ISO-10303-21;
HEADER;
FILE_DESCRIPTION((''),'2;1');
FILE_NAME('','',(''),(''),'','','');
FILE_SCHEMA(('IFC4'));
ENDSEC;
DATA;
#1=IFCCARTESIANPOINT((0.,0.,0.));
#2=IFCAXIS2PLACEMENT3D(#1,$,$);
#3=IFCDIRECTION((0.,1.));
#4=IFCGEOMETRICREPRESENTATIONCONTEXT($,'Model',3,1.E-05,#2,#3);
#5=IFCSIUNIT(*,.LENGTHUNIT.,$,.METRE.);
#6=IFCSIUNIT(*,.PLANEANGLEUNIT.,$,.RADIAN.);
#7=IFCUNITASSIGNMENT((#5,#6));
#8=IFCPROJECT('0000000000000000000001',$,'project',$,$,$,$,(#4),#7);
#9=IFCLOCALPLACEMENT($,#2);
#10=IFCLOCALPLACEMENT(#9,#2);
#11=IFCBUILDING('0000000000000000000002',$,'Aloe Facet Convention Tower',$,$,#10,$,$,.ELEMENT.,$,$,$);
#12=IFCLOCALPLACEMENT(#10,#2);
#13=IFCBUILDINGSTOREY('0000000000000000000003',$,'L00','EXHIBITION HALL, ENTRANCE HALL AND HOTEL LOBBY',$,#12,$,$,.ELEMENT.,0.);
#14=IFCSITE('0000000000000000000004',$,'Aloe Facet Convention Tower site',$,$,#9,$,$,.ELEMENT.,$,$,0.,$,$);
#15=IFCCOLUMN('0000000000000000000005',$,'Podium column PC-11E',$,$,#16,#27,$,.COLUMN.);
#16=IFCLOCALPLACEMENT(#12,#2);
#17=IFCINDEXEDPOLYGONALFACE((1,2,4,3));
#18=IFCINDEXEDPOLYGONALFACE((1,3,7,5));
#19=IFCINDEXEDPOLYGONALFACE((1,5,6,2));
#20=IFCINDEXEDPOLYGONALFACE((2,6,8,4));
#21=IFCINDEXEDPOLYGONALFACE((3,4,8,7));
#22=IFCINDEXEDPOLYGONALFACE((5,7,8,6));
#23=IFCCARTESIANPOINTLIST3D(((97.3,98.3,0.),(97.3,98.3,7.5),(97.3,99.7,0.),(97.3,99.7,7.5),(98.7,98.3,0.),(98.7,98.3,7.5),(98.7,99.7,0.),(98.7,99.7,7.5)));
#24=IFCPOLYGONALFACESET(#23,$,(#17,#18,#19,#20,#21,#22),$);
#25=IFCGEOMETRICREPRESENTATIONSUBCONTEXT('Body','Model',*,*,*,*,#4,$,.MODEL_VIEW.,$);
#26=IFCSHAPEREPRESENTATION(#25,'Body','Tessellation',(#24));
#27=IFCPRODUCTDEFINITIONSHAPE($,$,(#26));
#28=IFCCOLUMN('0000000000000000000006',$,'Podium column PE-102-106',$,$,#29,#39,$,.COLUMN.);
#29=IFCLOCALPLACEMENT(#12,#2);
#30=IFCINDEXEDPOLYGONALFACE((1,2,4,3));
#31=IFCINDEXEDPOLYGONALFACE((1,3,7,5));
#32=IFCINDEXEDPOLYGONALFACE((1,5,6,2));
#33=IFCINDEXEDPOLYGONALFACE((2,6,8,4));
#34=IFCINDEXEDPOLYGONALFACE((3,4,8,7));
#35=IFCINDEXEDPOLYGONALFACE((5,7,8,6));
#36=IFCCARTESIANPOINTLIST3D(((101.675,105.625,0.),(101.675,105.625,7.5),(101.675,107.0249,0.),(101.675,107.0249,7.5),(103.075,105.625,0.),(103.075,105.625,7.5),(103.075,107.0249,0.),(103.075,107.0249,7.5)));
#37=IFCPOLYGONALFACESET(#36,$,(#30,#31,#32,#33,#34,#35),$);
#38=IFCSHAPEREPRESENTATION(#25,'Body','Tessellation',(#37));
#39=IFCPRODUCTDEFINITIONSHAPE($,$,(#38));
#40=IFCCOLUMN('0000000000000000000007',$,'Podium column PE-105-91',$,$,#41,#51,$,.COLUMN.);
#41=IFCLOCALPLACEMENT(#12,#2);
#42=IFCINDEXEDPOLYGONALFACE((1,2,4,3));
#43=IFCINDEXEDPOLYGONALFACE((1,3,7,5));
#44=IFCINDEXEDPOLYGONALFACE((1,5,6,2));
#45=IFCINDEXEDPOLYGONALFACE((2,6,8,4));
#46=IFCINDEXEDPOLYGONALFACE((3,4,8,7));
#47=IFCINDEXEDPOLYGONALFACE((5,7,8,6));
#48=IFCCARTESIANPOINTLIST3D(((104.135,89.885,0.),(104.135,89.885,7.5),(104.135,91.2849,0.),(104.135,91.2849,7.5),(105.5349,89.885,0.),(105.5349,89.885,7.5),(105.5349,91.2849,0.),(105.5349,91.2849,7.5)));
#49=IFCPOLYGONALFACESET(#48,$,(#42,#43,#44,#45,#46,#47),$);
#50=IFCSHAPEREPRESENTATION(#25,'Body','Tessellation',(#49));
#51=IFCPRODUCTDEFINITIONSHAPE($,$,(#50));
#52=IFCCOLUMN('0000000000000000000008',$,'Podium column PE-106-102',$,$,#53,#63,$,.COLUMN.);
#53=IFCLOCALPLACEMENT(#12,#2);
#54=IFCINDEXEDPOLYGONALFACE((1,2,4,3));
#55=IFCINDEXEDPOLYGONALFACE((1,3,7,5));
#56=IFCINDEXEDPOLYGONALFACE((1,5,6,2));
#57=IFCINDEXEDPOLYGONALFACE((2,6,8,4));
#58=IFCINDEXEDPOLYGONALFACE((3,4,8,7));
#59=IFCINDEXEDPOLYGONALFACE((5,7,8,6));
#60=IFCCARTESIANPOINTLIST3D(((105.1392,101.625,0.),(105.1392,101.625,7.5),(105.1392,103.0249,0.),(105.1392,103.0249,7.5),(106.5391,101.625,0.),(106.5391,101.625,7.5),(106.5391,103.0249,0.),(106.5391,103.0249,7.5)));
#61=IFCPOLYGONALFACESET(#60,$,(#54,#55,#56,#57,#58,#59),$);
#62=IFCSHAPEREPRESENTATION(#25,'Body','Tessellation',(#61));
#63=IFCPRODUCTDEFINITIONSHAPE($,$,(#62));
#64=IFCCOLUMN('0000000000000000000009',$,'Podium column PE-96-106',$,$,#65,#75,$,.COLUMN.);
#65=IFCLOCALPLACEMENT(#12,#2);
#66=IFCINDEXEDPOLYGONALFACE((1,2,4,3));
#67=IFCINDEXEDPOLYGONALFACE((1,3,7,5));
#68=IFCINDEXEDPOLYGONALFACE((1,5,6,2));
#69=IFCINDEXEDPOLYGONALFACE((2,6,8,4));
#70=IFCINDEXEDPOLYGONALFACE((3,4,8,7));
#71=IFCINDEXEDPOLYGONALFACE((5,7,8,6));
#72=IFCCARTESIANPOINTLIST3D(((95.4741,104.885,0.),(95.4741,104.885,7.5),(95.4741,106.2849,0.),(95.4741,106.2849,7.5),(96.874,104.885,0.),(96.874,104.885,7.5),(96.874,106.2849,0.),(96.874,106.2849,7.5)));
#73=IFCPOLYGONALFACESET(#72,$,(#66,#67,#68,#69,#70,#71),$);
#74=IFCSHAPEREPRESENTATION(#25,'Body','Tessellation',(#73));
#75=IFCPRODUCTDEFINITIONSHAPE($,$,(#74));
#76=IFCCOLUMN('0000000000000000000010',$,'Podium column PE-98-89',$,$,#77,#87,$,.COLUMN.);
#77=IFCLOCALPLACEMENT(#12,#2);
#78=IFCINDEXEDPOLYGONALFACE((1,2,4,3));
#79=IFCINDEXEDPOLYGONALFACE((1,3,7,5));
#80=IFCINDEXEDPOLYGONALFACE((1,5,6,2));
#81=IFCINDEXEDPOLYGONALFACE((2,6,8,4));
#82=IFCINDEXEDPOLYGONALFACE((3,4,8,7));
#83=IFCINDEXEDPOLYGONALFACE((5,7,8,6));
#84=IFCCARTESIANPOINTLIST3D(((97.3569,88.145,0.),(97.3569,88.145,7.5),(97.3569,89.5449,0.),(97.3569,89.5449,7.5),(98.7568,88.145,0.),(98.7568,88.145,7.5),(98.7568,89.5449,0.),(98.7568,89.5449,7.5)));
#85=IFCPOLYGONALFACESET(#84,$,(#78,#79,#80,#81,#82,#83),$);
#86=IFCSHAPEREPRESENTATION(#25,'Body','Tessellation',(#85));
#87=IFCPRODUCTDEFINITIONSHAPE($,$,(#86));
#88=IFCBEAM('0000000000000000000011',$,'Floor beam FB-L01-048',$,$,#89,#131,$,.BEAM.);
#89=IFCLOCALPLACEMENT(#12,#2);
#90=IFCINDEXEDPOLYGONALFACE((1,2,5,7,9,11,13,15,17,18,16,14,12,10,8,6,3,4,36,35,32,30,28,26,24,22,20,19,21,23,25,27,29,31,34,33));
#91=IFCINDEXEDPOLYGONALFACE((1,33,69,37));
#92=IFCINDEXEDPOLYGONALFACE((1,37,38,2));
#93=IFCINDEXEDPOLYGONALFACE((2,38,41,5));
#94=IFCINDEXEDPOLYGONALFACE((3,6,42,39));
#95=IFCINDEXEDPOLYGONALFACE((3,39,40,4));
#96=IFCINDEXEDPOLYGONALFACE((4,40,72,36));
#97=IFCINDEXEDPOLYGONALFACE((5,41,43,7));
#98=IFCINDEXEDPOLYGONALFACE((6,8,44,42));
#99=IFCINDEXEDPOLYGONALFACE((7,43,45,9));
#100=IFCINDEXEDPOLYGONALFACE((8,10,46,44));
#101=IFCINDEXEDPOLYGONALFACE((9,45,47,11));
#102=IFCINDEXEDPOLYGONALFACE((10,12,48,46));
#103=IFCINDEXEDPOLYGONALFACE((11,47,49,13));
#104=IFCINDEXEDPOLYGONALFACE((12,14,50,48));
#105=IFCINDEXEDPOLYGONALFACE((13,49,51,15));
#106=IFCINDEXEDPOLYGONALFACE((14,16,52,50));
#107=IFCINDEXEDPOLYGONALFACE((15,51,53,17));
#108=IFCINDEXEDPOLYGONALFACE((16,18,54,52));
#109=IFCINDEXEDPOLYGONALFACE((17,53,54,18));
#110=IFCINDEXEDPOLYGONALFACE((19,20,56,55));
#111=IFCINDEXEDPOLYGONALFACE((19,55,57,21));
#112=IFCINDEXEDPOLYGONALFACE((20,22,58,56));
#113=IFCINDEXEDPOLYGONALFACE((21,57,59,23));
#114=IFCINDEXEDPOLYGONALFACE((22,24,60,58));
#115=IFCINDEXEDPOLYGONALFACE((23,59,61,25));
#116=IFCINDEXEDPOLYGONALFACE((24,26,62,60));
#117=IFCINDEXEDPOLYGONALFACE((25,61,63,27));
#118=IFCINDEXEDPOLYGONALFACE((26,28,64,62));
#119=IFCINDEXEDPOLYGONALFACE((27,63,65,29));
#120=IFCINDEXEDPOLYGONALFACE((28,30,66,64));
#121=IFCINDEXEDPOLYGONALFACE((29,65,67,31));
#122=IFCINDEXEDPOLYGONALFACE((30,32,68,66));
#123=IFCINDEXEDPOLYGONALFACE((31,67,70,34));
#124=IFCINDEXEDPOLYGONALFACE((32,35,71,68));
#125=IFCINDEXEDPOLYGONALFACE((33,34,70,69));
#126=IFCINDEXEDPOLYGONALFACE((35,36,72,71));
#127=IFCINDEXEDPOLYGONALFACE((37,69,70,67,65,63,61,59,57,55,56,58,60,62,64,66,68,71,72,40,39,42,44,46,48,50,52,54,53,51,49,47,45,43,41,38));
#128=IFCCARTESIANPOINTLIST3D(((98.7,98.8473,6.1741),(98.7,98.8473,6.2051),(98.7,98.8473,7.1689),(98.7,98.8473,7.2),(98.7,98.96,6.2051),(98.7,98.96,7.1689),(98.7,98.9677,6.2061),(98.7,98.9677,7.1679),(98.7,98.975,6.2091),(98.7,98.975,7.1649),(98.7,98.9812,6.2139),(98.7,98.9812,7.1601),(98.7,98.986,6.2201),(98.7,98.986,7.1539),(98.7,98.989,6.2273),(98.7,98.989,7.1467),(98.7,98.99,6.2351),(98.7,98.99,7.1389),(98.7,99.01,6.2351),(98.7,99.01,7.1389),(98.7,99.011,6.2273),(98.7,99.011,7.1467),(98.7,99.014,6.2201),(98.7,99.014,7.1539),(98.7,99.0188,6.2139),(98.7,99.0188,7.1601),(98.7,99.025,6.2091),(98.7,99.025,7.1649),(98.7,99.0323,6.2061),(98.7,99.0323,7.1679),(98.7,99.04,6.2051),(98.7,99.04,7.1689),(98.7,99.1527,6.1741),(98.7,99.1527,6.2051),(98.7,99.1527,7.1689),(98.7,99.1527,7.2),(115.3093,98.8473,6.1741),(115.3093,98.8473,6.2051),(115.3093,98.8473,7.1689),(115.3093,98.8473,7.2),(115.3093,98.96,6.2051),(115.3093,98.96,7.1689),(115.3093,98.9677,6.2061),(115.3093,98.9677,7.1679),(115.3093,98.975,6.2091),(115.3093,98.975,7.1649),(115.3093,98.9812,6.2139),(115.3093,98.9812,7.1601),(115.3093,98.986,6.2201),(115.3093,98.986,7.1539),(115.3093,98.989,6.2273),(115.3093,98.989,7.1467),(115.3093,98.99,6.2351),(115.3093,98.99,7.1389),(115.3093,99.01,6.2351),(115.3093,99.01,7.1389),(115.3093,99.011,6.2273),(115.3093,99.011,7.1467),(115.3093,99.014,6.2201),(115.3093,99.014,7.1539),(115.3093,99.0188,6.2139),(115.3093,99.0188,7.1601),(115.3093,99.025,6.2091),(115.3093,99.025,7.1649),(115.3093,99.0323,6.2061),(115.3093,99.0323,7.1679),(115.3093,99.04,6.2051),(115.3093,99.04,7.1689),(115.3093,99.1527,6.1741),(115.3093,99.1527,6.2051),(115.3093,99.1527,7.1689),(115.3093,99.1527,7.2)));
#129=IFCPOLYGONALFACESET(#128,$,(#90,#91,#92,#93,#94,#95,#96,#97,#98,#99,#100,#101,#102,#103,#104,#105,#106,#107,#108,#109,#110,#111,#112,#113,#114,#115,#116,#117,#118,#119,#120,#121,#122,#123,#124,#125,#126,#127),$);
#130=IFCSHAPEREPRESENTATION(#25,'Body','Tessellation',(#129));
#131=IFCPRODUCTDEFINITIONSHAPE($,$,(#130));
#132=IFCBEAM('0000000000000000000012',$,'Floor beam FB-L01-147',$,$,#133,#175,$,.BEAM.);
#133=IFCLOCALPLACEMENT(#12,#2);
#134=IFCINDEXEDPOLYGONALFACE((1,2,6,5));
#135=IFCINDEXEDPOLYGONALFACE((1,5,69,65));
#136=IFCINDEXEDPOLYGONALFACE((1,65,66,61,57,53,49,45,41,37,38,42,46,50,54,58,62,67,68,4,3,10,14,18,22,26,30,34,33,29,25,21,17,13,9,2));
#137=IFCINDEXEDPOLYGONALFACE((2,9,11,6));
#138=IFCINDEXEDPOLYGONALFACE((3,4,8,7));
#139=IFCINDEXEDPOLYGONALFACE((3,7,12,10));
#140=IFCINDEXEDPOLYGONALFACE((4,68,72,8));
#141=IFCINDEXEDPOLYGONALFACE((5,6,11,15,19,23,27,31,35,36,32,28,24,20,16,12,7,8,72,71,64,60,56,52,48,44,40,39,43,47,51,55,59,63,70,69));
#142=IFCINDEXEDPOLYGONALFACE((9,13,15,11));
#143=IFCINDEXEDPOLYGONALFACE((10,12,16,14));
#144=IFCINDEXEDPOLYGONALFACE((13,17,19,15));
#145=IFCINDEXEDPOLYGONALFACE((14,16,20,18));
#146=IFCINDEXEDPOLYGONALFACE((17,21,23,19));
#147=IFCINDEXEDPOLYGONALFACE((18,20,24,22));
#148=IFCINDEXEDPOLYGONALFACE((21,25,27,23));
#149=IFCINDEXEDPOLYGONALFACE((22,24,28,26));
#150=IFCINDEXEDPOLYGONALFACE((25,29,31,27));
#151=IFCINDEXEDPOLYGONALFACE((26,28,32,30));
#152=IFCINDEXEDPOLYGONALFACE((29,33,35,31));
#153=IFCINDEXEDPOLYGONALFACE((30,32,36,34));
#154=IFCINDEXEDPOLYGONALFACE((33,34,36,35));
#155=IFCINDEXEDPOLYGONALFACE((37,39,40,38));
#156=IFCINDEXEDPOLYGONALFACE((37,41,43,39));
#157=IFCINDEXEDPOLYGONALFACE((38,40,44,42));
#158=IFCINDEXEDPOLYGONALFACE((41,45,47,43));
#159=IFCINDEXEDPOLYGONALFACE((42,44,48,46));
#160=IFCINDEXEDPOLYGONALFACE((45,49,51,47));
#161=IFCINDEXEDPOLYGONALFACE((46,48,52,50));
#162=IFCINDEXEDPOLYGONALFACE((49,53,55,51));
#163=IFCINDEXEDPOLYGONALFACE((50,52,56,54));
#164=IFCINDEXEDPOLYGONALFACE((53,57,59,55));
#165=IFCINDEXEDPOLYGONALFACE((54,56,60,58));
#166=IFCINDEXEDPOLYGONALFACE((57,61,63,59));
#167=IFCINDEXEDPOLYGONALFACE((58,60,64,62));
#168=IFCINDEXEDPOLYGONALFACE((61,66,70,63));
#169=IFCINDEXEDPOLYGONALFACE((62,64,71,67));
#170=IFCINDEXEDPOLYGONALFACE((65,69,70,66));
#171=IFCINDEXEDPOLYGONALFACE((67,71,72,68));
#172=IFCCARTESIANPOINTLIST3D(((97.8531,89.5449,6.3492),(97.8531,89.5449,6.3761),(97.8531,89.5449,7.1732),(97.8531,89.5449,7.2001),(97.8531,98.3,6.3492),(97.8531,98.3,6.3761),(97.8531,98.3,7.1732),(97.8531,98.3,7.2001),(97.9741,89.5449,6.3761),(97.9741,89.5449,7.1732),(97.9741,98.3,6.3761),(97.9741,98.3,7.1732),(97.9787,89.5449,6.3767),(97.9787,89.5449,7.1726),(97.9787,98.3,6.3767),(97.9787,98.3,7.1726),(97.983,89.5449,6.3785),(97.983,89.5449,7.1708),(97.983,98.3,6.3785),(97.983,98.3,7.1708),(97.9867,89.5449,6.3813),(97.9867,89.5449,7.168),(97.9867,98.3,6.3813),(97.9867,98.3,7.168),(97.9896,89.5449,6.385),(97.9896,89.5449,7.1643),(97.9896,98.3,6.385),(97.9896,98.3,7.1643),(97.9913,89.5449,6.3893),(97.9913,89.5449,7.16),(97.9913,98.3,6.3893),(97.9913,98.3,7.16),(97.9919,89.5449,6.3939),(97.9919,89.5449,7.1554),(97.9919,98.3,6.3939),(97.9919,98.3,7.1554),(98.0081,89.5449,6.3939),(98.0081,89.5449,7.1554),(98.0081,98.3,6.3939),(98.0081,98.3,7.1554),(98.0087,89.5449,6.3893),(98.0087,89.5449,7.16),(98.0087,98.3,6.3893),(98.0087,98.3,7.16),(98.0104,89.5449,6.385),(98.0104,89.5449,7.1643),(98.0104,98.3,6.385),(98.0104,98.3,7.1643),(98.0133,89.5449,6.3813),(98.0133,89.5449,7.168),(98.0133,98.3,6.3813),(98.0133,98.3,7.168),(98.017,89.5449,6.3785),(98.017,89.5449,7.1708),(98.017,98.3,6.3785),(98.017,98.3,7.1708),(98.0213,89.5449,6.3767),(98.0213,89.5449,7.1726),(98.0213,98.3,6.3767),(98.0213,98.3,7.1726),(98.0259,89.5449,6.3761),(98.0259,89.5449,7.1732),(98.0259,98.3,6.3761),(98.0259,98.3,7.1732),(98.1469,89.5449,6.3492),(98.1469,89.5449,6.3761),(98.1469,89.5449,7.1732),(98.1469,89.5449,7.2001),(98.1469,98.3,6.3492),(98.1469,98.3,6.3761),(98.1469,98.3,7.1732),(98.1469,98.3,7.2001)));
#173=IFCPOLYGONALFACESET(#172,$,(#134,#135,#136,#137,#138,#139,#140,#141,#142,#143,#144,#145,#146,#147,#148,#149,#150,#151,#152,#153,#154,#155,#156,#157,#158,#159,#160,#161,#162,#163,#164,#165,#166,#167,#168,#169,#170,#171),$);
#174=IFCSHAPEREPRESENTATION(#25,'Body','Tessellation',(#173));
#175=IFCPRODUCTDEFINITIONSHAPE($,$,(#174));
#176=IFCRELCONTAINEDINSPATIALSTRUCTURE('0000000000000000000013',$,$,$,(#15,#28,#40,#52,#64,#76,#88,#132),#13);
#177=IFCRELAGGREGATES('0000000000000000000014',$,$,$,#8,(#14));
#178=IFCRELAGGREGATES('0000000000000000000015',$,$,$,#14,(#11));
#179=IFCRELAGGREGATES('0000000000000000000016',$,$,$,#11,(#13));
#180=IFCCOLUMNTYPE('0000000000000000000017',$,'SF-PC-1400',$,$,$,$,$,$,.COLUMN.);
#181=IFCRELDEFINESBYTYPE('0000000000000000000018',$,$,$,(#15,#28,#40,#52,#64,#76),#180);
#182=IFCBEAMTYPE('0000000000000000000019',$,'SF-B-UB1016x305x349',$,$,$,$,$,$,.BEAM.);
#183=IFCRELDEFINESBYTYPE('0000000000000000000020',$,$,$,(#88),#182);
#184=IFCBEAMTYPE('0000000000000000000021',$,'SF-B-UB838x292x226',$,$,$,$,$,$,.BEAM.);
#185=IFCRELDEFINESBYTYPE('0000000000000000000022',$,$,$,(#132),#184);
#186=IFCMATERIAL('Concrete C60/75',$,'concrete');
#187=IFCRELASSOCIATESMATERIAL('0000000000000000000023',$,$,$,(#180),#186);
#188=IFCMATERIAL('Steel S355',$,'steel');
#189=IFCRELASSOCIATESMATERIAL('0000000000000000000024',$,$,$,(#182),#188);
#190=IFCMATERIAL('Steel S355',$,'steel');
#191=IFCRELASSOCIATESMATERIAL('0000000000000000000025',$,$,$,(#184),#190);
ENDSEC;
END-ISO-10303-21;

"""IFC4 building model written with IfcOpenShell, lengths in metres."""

from ifc_helpers import new_model, si_unit, direction, frame, origin, origin_2d, place, context, subcontext, project, spatial, rectangle, i_section, extrude, material, material_profile, profile_set, type_object, element, save


model = new_model("IFC4")

# Units and contexts
model_context = context("Model", 3, precision=1e-05, world=origin(), true_north=direction((0.0, 1.0)))
body_context = subcontext(model_context, "Body", "Model", "MODEL_VIEW")
ifc_project = project(units=[si_unit("LENGTHUNIT", "METRE"), si_unit("PLANEANGLEUNIT", "RADIAN")], contexts=[model_context])

# Site, building, storey
site_placement = place(None, origin())
site = spatial("IfcSite", under=ifc_project, at=site_placement, Name="Aloe Facet Convention Tower site", CompositionType="ELEMENT", RefElevation=0.0)
building_placement = place(site_placement, origin())
building = spatial("IfcBuilding", under=site, at=building_placement, Name="Aloe Facet Convention Tower", CompositionType="ELEMENT")
storey_placement = place(building_placement, origin())
storey = spatial("IfcBuildingStorey", under=building, at=storey_placement, Name="L00", Description="EXHIBITION HALL, ENTRANCE HALL AND HOTEL LOBBY", CompositionType="ELEMENT", Elevation=0.0)

# Columns
ifc_material_1 = material(Name="Concrete C60/75", Category="concrete")
ifc_material_profile_1 = material_profile(ifc_material_1, rectangle(XDim=1.3999, YDim=1.3999, at=origin_2d()), Name="SF-PC-1400")
ifc_profile_set_1 = profile_set([ifc_material_profile_1], Name="Concrete C60/75")
column_type = type_object("IfcColumnType", Name="SF-PC-1400", PredefinedType="COLUMN", material=ifc_profile_set_1)
for number, where, z_axis, x_axis, name in (
    (1, (98.0, 99.0, 0.0), (0.0, 0.0, 1.0), (1.0, 0.0, 0.0), "Podium column PC-11E"),
    (2, (102.375, 106.325, 0.0), (0.0, 0.0, 1.0), (1.0, 0.0, 0.0), "Podium column PE-102-106"),
    (3, (104.835, 90.585, 0.0), (0.0, 0.0, 1.0), (1.0, 0.0, 0.0), "Podium column PE-105-91"),
    (4, (105.8391, 102.325, 0.0), (0.0, 0.0, 1.0), (1.0, 0.0, 0.0), "Podium column PE-106-102"),
    (5, (96.1741, 105.585, 0.0), (0.0, 0.0, 1.0), (1.0, 0.0, 0.0), "Podium column PE-96-106"),
    (6, (98.0569, 88.845, 0.0), (0.0, 0.0, 1.0), (1.0, 0.0, 0.0), "Podium column PE-98-89"),
):
    element("IfcColumn", number, at=place(storey_placement, frame(where, z_axis=z_axis, x_axis=x_axis)), inside=storey, type_object=column_type, Name=name, PredefinedType="COLUMN", context=body_context, shape_type="SweptSolid", body=[
        extrude(rectangle(XDim=1.3999, YDim=1.3999, at=origin_2d()), origin(), (0.0, 0.0, 1.0), 7.5),
    ])

# Beams
ifc_material_2 = material(Name="Steel S355", Category="steel")
ifc_material_profile_2 = material_profile(ifc_material_2, i_section(OverallWidth=0.3054, OverallDepth=1.0259, WebThickness=0.02, FlangeThickness=0.031, FilletRadius=0.03, at=origin_2d()), Name="UB 1016x305x349")
ifc_profile_set_2 = profile_set([ifc_material_profile_2], Name="Steel S355")
beam_type_1 = type_object("IfcBeamType", Name="SF-B-UB1016x305x349", PredefinedType="BEAM", material=ifc_profile_set_2)
beam_1_placement = place(storey_placement, frame((98.7, 99.0, 6.687), z_axis=(1.0, 0.0, 0.0), x_axis=(0.0, 1.0, 0.0)))
element("IfcBeam", 7, at=beam_1_placement, inside=storey, type_object=beam_type_1, Name="Floor beam FB-L01-048", PredefinedType="BEAM", context=body_context, shape_type="SweptSolid", body=[
    extrude(i_section(OverallWidth=0.3054, OverallDepth=1.0259, WebThickness=0.02, FlangeThickness=0.031, FilletRadius=0.03, at=origin_2d()), origin(), (0.0, 0.0, 1.0), 16.6094),
])
ifc_material_3 = material(Name="Steel S355", Category="steel")
ifc_material_profile_3 = material_profile(ifc_material_3, i_section(OverallWidth=0.2937, OverallDepth=0.8508, WebThickness=0.0161, FlangeThickness=0.0269, FilletRadius=0.0178, at=origin_2d()), Name="UB 838x292x226")
ifc_profile_set_3 = profile_set([ifc_material_profile_3], Name="Steel S355")
beam_type_2 = type_object("IfcBeamType", Name="SF-B-UB838x292x226", PredefinedType="BEAM", material=ifc_profile_set_3)
beam_2_placement = place(storey_placement, frame((98.0, 89.5449, 6.7747), z_axis=(0.0, 1.0, 0.0), x_axis=(-1.0, 0.0, 0.0)))
element("IfcBeam", 8, at=beam_2_placement, inside=storey, type_object=beam_type_2, Name="Floor beam FB-L01-147", PredefinedType="BEAM", context=body_context, shape_type="SweptSolid", body=[
    extrude(i_section(OverallWidth=0.2937, OverallDepth=0.8508, WebThickness=0.0161, FlangeThickness=0.0269, FilletRadius=0.0178, at=origin_2d()), origin(), (0.0, 0.0, 1.0), 8.7551),
])

save(model, "model.ifc")
